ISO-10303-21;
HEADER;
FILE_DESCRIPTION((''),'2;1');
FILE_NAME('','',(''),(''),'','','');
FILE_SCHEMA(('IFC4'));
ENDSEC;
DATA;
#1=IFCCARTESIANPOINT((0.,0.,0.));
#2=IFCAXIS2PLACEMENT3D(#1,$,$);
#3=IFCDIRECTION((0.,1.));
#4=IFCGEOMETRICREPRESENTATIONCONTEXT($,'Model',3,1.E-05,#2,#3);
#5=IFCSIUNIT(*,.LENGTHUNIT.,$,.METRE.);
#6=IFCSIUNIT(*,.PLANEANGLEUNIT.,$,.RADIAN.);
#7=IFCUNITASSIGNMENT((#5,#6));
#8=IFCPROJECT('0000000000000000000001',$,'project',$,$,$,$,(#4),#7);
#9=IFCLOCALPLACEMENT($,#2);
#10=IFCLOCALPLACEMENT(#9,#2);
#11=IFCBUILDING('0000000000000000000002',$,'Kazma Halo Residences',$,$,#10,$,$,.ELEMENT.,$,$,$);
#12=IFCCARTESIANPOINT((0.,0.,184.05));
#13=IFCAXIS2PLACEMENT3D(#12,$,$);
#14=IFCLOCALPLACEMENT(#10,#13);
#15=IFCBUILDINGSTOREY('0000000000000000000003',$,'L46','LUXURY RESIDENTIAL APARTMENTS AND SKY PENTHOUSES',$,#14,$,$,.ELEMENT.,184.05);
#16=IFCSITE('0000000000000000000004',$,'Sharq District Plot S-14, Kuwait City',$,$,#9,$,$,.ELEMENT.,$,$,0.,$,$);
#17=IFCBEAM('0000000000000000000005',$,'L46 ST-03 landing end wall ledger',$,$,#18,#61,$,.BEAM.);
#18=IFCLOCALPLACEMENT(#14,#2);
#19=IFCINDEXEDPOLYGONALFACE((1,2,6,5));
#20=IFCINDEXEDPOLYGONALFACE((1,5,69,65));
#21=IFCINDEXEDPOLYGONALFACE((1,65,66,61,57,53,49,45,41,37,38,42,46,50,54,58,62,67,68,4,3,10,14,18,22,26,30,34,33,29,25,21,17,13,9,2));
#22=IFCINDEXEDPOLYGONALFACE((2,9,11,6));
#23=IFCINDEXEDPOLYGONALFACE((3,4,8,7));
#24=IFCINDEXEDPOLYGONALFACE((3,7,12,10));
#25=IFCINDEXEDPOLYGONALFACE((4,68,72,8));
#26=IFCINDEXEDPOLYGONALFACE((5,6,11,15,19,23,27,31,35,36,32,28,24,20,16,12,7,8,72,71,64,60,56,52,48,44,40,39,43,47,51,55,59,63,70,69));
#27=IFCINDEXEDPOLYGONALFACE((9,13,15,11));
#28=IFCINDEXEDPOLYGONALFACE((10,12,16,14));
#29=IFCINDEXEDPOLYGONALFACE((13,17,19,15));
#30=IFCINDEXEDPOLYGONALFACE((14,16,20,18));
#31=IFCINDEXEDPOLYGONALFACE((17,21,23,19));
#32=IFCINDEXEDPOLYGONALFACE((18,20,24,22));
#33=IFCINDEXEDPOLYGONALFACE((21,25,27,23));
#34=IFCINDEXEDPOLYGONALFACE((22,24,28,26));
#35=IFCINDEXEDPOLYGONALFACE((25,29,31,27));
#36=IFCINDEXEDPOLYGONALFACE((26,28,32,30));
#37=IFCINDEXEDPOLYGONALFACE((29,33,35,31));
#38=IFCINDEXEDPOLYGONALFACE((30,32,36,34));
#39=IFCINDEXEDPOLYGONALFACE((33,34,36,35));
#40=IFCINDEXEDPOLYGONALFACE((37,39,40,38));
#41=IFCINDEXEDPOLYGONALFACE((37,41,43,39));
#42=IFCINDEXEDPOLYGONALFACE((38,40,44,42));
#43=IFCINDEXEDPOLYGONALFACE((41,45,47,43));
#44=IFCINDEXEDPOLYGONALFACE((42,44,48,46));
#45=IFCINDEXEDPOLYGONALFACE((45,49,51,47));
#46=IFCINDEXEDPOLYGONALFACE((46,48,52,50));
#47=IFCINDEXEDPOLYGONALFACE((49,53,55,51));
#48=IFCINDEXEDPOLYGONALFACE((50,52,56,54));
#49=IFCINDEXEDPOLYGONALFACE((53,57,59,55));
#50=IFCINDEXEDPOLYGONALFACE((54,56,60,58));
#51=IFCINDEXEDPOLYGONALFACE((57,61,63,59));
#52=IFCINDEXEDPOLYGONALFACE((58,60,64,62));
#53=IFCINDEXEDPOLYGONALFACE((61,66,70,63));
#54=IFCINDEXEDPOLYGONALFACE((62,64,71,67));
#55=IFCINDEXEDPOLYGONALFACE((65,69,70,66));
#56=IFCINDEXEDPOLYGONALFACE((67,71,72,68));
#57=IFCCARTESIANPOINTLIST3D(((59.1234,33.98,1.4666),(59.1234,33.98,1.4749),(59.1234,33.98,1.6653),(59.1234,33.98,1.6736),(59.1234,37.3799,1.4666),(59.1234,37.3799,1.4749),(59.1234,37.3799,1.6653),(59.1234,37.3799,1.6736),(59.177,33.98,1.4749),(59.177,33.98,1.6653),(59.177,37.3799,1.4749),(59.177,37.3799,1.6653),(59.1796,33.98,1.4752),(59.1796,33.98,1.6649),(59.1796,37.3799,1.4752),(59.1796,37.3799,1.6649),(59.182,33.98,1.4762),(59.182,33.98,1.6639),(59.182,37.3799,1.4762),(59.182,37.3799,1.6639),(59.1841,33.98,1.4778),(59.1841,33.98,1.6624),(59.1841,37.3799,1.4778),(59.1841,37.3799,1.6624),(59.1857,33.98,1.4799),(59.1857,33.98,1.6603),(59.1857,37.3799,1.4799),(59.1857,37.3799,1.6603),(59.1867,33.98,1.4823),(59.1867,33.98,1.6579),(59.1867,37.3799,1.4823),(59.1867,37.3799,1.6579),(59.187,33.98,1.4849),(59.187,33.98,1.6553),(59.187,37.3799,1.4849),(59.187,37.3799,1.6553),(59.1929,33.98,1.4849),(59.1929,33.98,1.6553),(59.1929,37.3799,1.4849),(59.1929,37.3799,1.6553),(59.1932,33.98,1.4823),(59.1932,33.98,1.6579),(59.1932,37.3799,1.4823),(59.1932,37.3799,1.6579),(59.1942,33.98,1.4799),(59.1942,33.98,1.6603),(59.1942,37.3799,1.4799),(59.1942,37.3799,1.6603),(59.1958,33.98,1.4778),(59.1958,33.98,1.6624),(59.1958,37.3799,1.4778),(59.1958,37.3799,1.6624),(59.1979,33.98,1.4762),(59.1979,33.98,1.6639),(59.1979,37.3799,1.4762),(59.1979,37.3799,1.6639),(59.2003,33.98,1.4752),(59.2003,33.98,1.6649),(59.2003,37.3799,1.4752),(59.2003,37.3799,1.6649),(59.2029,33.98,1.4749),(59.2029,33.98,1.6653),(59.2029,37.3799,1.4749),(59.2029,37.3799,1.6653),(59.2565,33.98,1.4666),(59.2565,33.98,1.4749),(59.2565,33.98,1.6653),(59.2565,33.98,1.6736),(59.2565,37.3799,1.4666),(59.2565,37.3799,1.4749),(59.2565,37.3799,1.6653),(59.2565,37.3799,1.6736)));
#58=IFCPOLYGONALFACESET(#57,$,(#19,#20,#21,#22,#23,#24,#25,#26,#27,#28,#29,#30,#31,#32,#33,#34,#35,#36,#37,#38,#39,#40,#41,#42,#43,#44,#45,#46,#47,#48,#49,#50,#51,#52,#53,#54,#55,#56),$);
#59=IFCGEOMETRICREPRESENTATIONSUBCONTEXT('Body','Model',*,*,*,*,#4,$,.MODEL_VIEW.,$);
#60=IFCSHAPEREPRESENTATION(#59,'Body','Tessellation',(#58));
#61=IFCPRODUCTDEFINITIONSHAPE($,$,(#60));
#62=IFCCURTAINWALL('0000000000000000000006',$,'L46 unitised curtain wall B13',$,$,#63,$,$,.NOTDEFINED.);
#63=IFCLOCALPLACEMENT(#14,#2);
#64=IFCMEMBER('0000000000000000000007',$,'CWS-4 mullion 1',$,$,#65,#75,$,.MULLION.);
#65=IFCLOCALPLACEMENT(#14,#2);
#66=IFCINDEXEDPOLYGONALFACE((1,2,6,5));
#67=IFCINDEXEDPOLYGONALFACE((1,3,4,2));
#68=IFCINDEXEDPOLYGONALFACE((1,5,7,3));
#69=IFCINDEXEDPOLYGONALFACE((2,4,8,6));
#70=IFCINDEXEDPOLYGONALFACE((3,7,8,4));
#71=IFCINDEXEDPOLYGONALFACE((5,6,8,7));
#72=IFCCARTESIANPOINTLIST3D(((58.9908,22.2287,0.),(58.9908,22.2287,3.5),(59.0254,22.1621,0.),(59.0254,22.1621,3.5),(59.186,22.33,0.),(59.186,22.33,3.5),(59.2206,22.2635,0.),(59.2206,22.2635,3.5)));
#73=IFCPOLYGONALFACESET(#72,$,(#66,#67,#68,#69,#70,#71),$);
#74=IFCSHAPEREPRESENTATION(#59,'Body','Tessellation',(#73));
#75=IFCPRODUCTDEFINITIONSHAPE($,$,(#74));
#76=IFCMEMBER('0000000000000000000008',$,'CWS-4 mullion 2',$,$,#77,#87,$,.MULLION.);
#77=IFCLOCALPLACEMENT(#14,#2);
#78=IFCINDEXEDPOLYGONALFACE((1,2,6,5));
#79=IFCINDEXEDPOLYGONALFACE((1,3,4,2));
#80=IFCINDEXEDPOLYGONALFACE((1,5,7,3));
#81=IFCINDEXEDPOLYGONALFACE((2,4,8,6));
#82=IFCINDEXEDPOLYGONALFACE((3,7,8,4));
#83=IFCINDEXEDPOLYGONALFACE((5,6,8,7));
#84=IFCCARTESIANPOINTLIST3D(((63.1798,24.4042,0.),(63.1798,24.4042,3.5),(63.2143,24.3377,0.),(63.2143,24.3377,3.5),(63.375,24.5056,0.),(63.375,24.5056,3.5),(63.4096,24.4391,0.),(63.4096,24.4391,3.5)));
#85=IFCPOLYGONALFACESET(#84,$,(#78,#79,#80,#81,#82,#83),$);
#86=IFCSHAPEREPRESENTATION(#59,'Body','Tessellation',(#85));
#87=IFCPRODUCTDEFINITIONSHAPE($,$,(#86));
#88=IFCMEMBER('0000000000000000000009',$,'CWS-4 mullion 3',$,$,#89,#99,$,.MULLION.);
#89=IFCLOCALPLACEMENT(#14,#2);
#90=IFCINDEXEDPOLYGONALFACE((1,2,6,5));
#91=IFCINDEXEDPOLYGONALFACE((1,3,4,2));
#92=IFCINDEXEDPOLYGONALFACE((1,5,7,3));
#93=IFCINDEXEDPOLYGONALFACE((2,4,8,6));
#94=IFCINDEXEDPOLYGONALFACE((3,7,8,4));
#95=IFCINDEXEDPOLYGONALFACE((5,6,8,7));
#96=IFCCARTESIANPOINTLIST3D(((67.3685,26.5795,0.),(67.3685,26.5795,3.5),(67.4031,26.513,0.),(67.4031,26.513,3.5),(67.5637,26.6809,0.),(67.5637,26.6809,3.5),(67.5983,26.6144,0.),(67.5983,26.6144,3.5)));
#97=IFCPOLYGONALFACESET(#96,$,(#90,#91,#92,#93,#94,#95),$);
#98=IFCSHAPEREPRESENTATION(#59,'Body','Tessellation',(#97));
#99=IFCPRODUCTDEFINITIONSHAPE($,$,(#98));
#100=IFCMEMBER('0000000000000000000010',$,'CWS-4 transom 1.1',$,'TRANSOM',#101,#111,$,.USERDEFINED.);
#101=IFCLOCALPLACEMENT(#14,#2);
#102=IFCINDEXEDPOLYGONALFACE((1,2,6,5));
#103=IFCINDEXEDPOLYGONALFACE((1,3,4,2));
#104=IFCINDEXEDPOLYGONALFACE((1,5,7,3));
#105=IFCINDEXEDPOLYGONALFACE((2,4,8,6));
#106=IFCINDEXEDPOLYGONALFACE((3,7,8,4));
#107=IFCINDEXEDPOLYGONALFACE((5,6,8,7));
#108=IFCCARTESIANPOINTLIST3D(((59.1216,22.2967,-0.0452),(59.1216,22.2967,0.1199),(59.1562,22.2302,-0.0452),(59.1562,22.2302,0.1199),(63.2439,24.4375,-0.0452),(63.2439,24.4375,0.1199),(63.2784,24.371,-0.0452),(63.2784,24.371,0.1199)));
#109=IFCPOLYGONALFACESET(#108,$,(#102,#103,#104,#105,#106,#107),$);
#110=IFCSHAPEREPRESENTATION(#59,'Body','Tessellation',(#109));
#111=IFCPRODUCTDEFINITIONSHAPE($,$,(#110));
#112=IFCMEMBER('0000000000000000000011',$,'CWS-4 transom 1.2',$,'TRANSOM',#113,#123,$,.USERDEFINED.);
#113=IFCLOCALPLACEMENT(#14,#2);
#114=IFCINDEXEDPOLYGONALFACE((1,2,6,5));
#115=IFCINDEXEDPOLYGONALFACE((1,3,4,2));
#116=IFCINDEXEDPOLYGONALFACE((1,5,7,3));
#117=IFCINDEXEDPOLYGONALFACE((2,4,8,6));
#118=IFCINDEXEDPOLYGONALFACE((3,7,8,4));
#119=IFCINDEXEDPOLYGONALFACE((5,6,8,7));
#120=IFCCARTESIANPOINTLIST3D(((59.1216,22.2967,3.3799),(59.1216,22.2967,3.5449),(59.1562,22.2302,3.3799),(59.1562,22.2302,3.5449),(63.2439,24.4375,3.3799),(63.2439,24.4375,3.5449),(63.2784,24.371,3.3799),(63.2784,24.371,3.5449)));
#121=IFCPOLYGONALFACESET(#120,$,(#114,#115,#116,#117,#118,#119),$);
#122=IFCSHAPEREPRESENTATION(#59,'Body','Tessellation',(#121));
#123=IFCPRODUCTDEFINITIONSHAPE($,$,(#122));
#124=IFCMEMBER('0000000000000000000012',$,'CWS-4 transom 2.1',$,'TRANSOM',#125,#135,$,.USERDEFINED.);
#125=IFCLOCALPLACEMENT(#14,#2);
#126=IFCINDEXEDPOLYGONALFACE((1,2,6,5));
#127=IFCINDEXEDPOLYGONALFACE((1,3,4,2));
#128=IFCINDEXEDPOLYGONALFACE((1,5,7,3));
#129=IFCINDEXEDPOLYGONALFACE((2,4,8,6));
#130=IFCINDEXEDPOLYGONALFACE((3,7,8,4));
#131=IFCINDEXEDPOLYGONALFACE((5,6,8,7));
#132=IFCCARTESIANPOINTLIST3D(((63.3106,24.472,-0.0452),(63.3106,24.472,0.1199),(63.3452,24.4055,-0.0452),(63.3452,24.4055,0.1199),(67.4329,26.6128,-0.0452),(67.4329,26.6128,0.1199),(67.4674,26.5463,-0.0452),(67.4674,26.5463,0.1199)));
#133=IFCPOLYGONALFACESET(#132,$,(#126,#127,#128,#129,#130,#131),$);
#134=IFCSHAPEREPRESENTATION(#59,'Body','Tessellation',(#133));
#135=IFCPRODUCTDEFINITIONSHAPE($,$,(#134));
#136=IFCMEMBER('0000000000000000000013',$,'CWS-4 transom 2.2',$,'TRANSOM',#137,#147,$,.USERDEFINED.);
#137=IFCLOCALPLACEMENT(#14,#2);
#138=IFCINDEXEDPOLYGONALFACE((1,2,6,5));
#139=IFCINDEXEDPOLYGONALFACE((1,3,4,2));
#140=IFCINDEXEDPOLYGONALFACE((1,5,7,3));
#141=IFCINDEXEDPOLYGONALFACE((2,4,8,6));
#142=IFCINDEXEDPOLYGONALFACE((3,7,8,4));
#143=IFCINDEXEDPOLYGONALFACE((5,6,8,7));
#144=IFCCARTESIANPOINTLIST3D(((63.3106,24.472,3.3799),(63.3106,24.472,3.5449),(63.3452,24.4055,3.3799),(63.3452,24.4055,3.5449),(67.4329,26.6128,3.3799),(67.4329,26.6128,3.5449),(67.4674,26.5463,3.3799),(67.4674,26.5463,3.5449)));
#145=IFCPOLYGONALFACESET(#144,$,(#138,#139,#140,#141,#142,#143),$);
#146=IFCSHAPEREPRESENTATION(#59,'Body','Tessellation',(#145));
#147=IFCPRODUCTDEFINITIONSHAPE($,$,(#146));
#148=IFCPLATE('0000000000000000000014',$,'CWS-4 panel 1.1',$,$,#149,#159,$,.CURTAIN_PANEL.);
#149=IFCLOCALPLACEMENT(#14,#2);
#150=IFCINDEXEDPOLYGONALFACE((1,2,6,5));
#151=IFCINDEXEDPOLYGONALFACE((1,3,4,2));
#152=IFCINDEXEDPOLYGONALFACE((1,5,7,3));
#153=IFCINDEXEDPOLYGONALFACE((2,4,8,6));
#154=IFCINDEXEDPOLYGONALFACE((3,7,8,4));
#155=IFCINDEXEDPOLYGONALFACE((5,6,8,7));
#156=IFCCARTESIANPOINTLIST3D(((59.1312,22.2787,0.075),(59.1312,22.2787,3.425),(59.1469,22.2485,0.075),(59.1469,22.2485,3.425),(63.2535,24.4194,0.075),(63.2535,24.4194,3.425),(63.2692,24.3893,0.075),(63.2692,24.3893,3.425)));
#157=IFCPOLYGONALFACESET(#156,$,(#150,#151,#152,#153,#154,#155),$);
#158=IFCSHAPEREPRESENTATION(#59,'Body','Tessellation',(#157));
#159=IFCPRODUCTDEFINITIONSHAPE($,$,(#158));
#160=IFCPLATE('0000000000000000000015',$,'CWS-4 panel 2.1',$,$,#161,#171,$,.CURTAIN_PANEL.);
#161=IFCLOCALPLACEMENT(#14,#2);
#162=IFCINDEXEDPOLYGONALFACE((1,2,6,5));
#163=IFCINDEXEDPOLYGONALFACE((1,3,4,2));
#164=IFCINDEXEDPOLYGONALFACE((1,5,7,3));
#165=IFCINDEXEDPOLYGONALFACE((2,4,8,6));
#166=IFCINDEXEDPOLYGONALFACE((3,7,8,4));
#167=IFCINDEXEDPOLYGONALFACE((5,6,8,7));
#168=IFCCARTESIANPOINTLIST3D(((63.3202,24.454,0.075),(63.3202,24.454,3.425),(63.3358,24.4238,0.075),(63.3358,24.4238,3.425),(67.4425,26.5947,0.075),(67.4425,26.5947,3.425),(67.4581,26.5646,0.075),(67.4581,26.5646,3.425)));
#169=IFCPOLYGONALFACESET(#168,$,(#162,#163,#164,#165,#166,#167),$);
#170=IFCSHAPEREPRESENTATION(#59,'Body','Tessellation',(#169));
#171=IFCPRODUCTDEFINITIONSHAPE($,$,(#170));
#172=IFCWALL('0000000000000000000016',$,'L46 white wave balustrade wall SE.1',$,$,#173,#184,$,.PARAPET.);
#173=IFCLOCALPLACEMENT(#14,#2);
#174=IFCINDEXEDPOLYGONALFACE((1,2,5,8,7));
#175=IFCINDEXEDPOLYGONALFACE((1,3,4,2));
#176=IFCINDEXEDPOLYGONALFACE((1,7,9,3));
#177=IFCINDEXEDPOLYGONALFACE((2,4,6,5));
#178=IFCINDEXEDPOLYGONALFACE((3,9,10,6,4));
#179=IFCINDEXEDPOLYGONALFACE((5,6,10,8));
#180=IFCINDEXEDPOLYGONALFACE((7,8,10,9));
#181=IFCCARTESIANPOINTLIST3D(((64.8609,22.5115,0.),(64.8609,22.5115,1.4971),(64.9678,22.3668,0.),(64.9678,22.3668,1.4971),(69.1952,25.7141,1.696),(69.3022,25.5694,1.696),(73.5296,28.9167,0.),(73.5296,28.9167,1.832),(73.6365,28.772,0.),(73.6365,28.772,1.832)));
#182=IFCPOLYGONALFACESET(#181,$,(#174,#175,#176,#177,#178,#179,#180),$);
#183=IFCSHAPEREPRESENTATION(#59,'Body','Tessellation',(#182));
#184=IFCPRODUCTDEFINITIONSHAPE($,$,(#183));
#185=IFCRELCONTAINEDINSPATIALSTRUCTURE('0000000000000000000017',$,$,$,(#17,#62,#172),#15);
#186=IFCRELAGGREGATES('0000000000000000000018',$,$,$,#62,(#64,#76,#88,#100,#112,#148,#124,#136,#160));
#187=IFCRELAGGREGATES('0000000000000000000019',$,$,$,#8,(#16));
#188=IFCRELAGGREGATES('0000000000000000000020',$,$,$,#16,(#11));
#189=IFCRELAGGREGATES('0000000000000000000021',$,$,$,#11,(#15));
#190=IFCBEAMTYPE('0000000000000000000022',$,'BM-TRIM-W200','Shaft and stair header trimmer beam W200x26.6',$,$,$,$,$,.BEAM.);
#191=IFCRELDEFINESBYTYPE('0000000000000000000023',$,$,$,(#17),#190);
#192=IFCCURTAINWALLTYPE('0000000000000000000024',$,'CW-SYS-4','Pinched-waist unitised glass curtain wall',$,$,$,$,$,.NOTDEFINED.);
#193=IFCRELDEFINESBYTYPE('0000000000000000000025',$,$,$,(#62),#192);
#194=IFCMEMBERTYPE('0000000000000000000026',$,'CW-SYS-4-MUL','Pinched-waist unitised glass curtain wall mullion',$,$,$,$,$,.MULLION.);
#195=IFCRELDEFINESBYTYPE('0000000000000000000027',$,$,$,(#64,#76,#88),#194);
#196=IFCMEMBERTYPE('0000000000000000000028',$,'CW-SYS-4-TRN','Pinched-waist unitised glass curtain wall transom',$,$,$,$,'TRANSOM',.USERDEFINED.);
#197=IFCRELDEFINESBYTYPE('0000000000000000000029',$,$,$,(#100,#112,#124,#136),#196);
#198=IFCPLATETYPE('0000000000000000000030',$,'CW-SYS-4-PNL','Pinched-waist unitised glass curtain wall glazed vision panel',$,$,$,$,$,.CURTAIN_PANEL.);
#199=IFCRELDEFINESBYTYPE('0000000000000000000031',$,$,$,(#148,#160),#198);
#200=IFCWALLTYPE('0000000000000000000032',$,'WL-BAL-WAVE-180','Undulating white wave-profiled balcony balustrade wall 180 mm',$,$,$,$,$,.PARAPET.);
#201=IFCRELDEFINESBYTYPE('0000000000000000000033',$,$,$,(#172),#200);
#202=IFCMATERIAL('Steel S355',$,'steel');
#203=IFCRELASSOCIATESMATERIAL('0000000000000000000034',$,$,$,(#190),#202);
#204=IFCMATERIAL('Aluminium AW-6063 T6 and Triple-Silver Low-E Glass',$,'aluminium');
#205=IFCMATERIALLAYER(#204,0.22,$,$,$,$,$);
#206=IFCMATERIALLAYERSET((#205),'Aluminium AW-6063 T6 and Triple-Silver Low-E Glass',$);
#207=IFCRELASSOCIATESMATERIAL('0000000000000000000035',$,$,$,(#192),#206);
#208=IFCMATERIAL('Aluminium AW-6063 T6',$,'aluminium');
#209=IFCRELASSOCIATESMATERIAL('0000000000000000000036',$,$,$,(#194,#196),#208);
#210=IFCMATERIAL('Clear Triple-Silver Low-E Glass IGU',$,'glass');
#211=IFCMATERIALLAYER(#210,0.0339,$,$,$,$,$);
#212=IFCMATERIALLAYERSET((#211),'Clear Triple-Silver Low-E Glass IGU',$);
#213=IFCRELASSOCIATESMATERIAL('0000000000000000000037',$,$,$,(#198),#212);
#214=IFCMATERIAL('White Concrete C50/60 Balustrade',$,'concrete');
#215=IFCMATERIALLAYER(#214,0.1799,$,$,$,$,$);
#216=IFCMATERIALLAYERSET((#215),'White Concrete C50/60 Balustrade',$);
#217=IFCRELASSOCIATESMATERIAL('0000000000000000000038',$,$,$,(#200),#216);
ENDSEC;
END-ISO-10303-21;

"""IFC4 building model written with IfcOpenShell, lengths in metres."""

from ifc_helpers import new_model, si_unit, direction, frame, origin, origin_2d, place, context, subcontext, project, spatial, polyline, rectangle, i_section, outline, extrude, material, layer, layer_set, material_profile, profile_set, type_object, element, aggregate, save


model = new_model("IFC4")

# Units and contexts
model_context = context("Model", 3, precision=1e-05, world=origin(), true_north=direction((0.0, 1.0)))
body_context = subcontext(model_context, "Body", "Model", "MODEL_VIEW")
ifc_project = project(units=[si_unit("LENGTHUNIT", "METRE"), si_unit("PLANEANGLEUNIT", "RADIAN")], contexts=[model_context])

# Site, building, storey
site_placement = place(None, origin())
site = spatial("IfcSite", under=ifc_project, at=site_placement, Name="Sharq District Plot S-14, Kuwait City", CompositionType="ELEMENT", RefElevation=0.0)
building_placement = place(site_placement, origin())
building = spatial("IfcBuilding", under=site, at=building_placement, Name="Kazma Halo Residences", CompositionType="ELEMENT")
storey_placement = place(building_placement, frame((0.0, 0.0, 184.05)))
storey = spatial("IfcBuildingStorey", under=building, at=storey_placement, Name="L46", Description="LUXURY RESIDENTIAL APARTMENTS AND SKY PENTHOUSES", CompositionType="ELEMENT", Elevation=184.05)

# Beam
ifc_material_1 = material(Name="Steel S355", Category="steel")
ifc_material_profile_1 = material_profile(ifc_material_1, i_section(OverallWidth=0.1331, OverallDepth=0.207, WebThickness=0.0059, FlangeThickness=0.0083, FilletRadius=0.01, at=origin_2d()), Name="W200x26.6")
ifc_profile_set_1 = profile_set([ifc_material_profile_1], Name="Steel S355")
beam_type_1 = type_object("IfcBeamType", Name="BM-TRIM-W200", Description="Shaft and stair header trimmer beam W200x26.6", PredefinedType="BEAM", material=ifc_profile_set_1)
beam_1_placement = place(storey_placement, frame((59.1899, 33.98, 1.5701), z_axis=(0.0, 1.0, 0.0), x_axis=(-1.0, 0.0, 0.0)))
element("IfcBeam", 1, at=beam_1_placement, inside=storey, type_object=beam_type_1, Name="L46 ST-03 landing end wall ledger", PredefinedType="BEAM", context=body_context, shape_type="SweptSolid", body=[
    extrude(i_section(OverallWidth=0.1331, OverallDepth=0.207, WebThickness=0.0059, FlangeThickness=0.0083, FilletRadius=0.01, at=origin_2d()), origin(), (0.0, 0.0, 1.0), 3.3999),
])

# Curtain wall, members, plates
ifc_material_2 = material(Name="Aluminium AW-6063 T6 and Triple-Silver Low-E Glass", Category="aluminium")
ifc_layer_1 = layer(ifc_material_2, 0.22)
ifc_layer_set_1 = layer_set([ifc_layer_1], Name="Aluminium AW-6063 T6 and Triple-Silver Low-E Glass")
curtain_wall_type = type_object("IfcCurtainWallType", Name="CW-SYS-4", Description="Pinched-waist unitised glass curtain wall", PredefinedType="NOTDEFINED", material=ifc_layer_set_1)
curtain_wall_placement = place(storey_placement, origin())
curtain_wall = element("IfcCurtainWall", 2, at=curtain_wall_placement, inside=storey, type_object=curtain_wall_type, Name="L46 unitised curtain wall B13", PredefinedType="NOTDEFINED")
ifc_material_3 = material(Name="Aluminium AW-6063 T6", Category="aluminium")
ifc_material_profile_2 = material_profile(ifc_material_3, rectangle(XDim=0.075, YDim=0.22, at=origin_2d()), Name="CWM-75x220")
ifc_profile_set_2 = profile_set([ifc_material_profile_2], Name="Aluminium AW-6063 T6")
member_type_1 = type_object("IfcMemberType", Name="CW-SYS-4-MUL", Description="Pinched-waist unitised glass curtain wall mullion", PredefinedType="MULLION", material=ifc_profile_set_2)
member_1_placement = place(storey_placement, frame((59.1057, 22.2461, 0.0), z_axis=(0.0, 0.0, 1.0), x_axis=(-0.460874, 0.887466, 0.0)))
member_1 = element("IfcMember", 3, at=member_1_placement, type_object=member_type_1, Name="CWS-4 mullion 1", PredefinedType="MULLION", context=body_context, shape_type="SweptSolid", body=[
    extrude(rectangle(XDim=0.075, YDim=0.22, at=origin_2d()), origin(), (0.0, 0.0, 1.0), 3.5),
])
member_2_placement = place(storey_placement, frame((63.2947, 24.4216, 0.0), z_axis=(0.0, 0.0, 1.0), x_axis=(-0.460874, 0.887466, 0.0)))
member_2 = element("IfcMember", 4, at=member_2_placement, type_object=member_type_1, Name="CWS-4 mullion 2", PredefinedType="MULLION", context=body_context, shape_type="SweptSolid", body=[
    extrude(rectangle(XDim=0.075, YDim=0.22, at=origin_2d()), origin(), (0.0, 0.0, 1.0), 3.5),
])
member_3_placement = place(storey_placement, frame((67.4834, 26.5969, 0.0), z_axis=(0.0, 0.0, 1.0), x_axis=(-0.460874, 0.887466, 0.0)))
member_3 = element("IfcMember", 5, at=member_3_placement, type_object=member_type_1, Name="CWS-4 mullion 3", PredefinedType="MULLION", context=body_context, shape_type="SweptSolid", body=[
    extrude(rectangle(XDim=0.075, YDim=0.22, at=origin_2d()), origin(), (0.0, 0.0, 1.0), 3.5),
])
ifc_material_profile_3 = material_profile(ifc_material_3, rectangle(XDim=0.075, YDim=0.165, at=origin_2d()), Name="CWT-75x165")
ifc_profile_set_3 = profile_set([ifc_material_profile_3], Name="Aluminium AW-6063 T6")
member_type_2 = type_object("IfcMemberType", Name="CW-SYS-4-TRN", Description="Pinched-waist unitised glass curtain wall transom", ElementType="TRANSOM", PredefinedType="USERDEFINED", material=ifc_profile_set_3)
member_4_placement = place(storey_placement, frame((59.1389, 22.2634, 0.0374), z_axis=(0.887458, 0.460889, 0.0), x_axis=(-0.460889, 0.887458, 0.0)))
member_4 = element("IfcMember", 6, at=member_4_placement, type_object=member_type_2, Name="CWS-4 transom 1.1", ObjectType="TRANSOM", PredefinedType="USERDEFINED", context=body_context, shape_type="SweptSolid", body=[
    extrude(rectangle(XDim=0.075, YDim=0.165, at=origin_2d()), origin(), (0.0, 0.0, 1.0), 4.645),
])
member_5_placement = place(storey_placement, frame((59.1389, 22.2634, 3.4624), z_axis=(0.887458, 0.460889, 0.0), x_axis=(-0.460889, 0.887458, 0.0)))
member_5 = element("IfcMember", 7, at=member_5_placement, type_object=member_type_2, Name="CWS-4 transom 1.2", ObjectType="TRANSOM", PredefinedType="USERDEFINED", context=body_context, shape_type="SweptSolid", body=[
    extrude(rectangle(XDim=0.075, YDim=0.165, at=origin_2d()), origin(), (0.0, 0.0, 1.0), 4.645),
])
member_6_placement = place(storey_placement, frame((63.3279, 24.4387, 0.0374), z_axis=(0.887458, 0.460889, 0.0), x_axis=(-0.460889, 0.887458, 0.0)))
member_6 = element("IfcMember", 8, at=member_6_placement, type_object=member_type_2, Name="CWS-4 transom 2.1", ObjectType="TRANSOM", PredefinedType="USERDEFINED", context=body_context, shape_type="SweptSolid", body=[
    extrude(rectangle(XDim=0.075, YDim=0.165, at=origin_2d()), origin(), (0.0, 0.0, 1.0), 4.645),
])
member_7_placement = place(storey_placement, frame((63.3279, 24.4387, 3.4624), z_axis=(0.887458, 0.460889, 0.0), x_axis=(-0.460889, 0.887458, 0.0)))
member_7 = element("IfcMember", 9, at=member_7_placement, type_object=member_type_2, Name="CWS-4 transom 2.2", ObjectType="TRANSOM", PredefinedType="USERDEFINED", context=body_context, shape_type="SweptSolid", body=[
    extrude(rectangle(XDim=0.075, YDim=0.165, at=origin_2d()), origin(), (0.0, 0.0, 1.0), 4.645),
])
ifc_material_4 = material(Name="Clear Triple-Silver Low-E Glass IGU", Category="glass")
ifc_layer_2 = layer(ifc_material_4, 0.0339)
ifc_layer_set_2 = layer_set([ifc_layer_2], Name="Clear Triple-Silver Low-E Glass IGU")
plate_type = type_object("IfcPlateType", Name="CW-SYS-4-PNL", Description="Pinched-waist unitised glass curtain wall glazed vision panel", PredefinedType="CURTAIN_PANEL", material=ifc_layer_set_2)
plate_1_placement = place(storey_placement, frame((61.2002, 23.334, 0.075), z_axis=(0.0, 0.0, 1.0), x_axis=(0.887466, 0.460874, 0.0)))
plate_1 = element("IfcPlate", 10, at=plate_1_placement, type_object=plate_type, Name="CWS-4 panel 1.1", PredefinedType="CURTAIN_PANEL", context=body_context, shape_type="SweptSolid", body=[
    extrude(rectangle(XDim=4.645, YDim=0.0339, at=origin_2d()), origin(), (0.0, 0.0, 1.0), 3.3501),
])
plate_2_placement = place(storey_placement, frame((65.3892, 25.5093, 0.075), z_axis=(0.0, 0.0, 1.0), x_axis=(0.887466, 0.460874, 0.0)))
plate_2 = element("IfcPlate", 11, at=plate_2_placement, type_object=plate_type, Name="CWS-4 panel 2.1", PredefinedType="CURTAIN_PANEL", context=body_context, shape_type="SweptSolid", body=[
    extrude(rectangle(XDim=4.645, YDim=0.0339, at=origin_2d()), origin(), (0.0, 0.0, 1.0), 3.3501),
])
aggregate(curtain_wall, [member_1, member_2, member_3, member_4, member_5, plate_1, member_6, member_7, plate_2])

# Wall
ifc_material_5 = material(Name="White Concrete C50/60 Balustrade", Category="concrete")
ifc_layer_3 = layer(ifc_material_5, 0.1799)
ifc_layer_set_3 = layer_set([ifc_layer_3], Name="White Concrete C50/60 Balustrade")
wall_type_1 = type_object("IfcWallType", Name="WL-BAL-WAVE-180", Description="Undulating white wave-profiled balcony balustrade wall 180 mm", PredefinedType="PARAPET", material=ifc_layer_set_3)
wall_1_placement = place(storey_placement, frame((64.9143, 22.4392, 0.0), z_axis=(0.0, 0.0, 1.0), x_axis=(0.804266, 0.594269, 0.0)))
element("IfcWall", 12, at=wall_1_placement, inside=storey, type_object=wall_type_1, Name="L46 white wave balustrade wall SE.1", PredefinedType="PARAPET", context=body_context, shape_type="SweptSolid", body=[
    extrude(outline(polyline([(0.0, 0.0), (10.7783, 0.0), (10.7783, 1.832), (5.3892, 1.696), (0.0, 1.4971), (0.0, 0.0)])), frame((0.0, 0.0898, 0.0), z_axis=(0.0, -1.0, 0.0), x_axis=(1.0, 0.0, 0.0)), (0.0, 0.0, 1.0), 0.1799),
])

save(model, "model.ifc")
